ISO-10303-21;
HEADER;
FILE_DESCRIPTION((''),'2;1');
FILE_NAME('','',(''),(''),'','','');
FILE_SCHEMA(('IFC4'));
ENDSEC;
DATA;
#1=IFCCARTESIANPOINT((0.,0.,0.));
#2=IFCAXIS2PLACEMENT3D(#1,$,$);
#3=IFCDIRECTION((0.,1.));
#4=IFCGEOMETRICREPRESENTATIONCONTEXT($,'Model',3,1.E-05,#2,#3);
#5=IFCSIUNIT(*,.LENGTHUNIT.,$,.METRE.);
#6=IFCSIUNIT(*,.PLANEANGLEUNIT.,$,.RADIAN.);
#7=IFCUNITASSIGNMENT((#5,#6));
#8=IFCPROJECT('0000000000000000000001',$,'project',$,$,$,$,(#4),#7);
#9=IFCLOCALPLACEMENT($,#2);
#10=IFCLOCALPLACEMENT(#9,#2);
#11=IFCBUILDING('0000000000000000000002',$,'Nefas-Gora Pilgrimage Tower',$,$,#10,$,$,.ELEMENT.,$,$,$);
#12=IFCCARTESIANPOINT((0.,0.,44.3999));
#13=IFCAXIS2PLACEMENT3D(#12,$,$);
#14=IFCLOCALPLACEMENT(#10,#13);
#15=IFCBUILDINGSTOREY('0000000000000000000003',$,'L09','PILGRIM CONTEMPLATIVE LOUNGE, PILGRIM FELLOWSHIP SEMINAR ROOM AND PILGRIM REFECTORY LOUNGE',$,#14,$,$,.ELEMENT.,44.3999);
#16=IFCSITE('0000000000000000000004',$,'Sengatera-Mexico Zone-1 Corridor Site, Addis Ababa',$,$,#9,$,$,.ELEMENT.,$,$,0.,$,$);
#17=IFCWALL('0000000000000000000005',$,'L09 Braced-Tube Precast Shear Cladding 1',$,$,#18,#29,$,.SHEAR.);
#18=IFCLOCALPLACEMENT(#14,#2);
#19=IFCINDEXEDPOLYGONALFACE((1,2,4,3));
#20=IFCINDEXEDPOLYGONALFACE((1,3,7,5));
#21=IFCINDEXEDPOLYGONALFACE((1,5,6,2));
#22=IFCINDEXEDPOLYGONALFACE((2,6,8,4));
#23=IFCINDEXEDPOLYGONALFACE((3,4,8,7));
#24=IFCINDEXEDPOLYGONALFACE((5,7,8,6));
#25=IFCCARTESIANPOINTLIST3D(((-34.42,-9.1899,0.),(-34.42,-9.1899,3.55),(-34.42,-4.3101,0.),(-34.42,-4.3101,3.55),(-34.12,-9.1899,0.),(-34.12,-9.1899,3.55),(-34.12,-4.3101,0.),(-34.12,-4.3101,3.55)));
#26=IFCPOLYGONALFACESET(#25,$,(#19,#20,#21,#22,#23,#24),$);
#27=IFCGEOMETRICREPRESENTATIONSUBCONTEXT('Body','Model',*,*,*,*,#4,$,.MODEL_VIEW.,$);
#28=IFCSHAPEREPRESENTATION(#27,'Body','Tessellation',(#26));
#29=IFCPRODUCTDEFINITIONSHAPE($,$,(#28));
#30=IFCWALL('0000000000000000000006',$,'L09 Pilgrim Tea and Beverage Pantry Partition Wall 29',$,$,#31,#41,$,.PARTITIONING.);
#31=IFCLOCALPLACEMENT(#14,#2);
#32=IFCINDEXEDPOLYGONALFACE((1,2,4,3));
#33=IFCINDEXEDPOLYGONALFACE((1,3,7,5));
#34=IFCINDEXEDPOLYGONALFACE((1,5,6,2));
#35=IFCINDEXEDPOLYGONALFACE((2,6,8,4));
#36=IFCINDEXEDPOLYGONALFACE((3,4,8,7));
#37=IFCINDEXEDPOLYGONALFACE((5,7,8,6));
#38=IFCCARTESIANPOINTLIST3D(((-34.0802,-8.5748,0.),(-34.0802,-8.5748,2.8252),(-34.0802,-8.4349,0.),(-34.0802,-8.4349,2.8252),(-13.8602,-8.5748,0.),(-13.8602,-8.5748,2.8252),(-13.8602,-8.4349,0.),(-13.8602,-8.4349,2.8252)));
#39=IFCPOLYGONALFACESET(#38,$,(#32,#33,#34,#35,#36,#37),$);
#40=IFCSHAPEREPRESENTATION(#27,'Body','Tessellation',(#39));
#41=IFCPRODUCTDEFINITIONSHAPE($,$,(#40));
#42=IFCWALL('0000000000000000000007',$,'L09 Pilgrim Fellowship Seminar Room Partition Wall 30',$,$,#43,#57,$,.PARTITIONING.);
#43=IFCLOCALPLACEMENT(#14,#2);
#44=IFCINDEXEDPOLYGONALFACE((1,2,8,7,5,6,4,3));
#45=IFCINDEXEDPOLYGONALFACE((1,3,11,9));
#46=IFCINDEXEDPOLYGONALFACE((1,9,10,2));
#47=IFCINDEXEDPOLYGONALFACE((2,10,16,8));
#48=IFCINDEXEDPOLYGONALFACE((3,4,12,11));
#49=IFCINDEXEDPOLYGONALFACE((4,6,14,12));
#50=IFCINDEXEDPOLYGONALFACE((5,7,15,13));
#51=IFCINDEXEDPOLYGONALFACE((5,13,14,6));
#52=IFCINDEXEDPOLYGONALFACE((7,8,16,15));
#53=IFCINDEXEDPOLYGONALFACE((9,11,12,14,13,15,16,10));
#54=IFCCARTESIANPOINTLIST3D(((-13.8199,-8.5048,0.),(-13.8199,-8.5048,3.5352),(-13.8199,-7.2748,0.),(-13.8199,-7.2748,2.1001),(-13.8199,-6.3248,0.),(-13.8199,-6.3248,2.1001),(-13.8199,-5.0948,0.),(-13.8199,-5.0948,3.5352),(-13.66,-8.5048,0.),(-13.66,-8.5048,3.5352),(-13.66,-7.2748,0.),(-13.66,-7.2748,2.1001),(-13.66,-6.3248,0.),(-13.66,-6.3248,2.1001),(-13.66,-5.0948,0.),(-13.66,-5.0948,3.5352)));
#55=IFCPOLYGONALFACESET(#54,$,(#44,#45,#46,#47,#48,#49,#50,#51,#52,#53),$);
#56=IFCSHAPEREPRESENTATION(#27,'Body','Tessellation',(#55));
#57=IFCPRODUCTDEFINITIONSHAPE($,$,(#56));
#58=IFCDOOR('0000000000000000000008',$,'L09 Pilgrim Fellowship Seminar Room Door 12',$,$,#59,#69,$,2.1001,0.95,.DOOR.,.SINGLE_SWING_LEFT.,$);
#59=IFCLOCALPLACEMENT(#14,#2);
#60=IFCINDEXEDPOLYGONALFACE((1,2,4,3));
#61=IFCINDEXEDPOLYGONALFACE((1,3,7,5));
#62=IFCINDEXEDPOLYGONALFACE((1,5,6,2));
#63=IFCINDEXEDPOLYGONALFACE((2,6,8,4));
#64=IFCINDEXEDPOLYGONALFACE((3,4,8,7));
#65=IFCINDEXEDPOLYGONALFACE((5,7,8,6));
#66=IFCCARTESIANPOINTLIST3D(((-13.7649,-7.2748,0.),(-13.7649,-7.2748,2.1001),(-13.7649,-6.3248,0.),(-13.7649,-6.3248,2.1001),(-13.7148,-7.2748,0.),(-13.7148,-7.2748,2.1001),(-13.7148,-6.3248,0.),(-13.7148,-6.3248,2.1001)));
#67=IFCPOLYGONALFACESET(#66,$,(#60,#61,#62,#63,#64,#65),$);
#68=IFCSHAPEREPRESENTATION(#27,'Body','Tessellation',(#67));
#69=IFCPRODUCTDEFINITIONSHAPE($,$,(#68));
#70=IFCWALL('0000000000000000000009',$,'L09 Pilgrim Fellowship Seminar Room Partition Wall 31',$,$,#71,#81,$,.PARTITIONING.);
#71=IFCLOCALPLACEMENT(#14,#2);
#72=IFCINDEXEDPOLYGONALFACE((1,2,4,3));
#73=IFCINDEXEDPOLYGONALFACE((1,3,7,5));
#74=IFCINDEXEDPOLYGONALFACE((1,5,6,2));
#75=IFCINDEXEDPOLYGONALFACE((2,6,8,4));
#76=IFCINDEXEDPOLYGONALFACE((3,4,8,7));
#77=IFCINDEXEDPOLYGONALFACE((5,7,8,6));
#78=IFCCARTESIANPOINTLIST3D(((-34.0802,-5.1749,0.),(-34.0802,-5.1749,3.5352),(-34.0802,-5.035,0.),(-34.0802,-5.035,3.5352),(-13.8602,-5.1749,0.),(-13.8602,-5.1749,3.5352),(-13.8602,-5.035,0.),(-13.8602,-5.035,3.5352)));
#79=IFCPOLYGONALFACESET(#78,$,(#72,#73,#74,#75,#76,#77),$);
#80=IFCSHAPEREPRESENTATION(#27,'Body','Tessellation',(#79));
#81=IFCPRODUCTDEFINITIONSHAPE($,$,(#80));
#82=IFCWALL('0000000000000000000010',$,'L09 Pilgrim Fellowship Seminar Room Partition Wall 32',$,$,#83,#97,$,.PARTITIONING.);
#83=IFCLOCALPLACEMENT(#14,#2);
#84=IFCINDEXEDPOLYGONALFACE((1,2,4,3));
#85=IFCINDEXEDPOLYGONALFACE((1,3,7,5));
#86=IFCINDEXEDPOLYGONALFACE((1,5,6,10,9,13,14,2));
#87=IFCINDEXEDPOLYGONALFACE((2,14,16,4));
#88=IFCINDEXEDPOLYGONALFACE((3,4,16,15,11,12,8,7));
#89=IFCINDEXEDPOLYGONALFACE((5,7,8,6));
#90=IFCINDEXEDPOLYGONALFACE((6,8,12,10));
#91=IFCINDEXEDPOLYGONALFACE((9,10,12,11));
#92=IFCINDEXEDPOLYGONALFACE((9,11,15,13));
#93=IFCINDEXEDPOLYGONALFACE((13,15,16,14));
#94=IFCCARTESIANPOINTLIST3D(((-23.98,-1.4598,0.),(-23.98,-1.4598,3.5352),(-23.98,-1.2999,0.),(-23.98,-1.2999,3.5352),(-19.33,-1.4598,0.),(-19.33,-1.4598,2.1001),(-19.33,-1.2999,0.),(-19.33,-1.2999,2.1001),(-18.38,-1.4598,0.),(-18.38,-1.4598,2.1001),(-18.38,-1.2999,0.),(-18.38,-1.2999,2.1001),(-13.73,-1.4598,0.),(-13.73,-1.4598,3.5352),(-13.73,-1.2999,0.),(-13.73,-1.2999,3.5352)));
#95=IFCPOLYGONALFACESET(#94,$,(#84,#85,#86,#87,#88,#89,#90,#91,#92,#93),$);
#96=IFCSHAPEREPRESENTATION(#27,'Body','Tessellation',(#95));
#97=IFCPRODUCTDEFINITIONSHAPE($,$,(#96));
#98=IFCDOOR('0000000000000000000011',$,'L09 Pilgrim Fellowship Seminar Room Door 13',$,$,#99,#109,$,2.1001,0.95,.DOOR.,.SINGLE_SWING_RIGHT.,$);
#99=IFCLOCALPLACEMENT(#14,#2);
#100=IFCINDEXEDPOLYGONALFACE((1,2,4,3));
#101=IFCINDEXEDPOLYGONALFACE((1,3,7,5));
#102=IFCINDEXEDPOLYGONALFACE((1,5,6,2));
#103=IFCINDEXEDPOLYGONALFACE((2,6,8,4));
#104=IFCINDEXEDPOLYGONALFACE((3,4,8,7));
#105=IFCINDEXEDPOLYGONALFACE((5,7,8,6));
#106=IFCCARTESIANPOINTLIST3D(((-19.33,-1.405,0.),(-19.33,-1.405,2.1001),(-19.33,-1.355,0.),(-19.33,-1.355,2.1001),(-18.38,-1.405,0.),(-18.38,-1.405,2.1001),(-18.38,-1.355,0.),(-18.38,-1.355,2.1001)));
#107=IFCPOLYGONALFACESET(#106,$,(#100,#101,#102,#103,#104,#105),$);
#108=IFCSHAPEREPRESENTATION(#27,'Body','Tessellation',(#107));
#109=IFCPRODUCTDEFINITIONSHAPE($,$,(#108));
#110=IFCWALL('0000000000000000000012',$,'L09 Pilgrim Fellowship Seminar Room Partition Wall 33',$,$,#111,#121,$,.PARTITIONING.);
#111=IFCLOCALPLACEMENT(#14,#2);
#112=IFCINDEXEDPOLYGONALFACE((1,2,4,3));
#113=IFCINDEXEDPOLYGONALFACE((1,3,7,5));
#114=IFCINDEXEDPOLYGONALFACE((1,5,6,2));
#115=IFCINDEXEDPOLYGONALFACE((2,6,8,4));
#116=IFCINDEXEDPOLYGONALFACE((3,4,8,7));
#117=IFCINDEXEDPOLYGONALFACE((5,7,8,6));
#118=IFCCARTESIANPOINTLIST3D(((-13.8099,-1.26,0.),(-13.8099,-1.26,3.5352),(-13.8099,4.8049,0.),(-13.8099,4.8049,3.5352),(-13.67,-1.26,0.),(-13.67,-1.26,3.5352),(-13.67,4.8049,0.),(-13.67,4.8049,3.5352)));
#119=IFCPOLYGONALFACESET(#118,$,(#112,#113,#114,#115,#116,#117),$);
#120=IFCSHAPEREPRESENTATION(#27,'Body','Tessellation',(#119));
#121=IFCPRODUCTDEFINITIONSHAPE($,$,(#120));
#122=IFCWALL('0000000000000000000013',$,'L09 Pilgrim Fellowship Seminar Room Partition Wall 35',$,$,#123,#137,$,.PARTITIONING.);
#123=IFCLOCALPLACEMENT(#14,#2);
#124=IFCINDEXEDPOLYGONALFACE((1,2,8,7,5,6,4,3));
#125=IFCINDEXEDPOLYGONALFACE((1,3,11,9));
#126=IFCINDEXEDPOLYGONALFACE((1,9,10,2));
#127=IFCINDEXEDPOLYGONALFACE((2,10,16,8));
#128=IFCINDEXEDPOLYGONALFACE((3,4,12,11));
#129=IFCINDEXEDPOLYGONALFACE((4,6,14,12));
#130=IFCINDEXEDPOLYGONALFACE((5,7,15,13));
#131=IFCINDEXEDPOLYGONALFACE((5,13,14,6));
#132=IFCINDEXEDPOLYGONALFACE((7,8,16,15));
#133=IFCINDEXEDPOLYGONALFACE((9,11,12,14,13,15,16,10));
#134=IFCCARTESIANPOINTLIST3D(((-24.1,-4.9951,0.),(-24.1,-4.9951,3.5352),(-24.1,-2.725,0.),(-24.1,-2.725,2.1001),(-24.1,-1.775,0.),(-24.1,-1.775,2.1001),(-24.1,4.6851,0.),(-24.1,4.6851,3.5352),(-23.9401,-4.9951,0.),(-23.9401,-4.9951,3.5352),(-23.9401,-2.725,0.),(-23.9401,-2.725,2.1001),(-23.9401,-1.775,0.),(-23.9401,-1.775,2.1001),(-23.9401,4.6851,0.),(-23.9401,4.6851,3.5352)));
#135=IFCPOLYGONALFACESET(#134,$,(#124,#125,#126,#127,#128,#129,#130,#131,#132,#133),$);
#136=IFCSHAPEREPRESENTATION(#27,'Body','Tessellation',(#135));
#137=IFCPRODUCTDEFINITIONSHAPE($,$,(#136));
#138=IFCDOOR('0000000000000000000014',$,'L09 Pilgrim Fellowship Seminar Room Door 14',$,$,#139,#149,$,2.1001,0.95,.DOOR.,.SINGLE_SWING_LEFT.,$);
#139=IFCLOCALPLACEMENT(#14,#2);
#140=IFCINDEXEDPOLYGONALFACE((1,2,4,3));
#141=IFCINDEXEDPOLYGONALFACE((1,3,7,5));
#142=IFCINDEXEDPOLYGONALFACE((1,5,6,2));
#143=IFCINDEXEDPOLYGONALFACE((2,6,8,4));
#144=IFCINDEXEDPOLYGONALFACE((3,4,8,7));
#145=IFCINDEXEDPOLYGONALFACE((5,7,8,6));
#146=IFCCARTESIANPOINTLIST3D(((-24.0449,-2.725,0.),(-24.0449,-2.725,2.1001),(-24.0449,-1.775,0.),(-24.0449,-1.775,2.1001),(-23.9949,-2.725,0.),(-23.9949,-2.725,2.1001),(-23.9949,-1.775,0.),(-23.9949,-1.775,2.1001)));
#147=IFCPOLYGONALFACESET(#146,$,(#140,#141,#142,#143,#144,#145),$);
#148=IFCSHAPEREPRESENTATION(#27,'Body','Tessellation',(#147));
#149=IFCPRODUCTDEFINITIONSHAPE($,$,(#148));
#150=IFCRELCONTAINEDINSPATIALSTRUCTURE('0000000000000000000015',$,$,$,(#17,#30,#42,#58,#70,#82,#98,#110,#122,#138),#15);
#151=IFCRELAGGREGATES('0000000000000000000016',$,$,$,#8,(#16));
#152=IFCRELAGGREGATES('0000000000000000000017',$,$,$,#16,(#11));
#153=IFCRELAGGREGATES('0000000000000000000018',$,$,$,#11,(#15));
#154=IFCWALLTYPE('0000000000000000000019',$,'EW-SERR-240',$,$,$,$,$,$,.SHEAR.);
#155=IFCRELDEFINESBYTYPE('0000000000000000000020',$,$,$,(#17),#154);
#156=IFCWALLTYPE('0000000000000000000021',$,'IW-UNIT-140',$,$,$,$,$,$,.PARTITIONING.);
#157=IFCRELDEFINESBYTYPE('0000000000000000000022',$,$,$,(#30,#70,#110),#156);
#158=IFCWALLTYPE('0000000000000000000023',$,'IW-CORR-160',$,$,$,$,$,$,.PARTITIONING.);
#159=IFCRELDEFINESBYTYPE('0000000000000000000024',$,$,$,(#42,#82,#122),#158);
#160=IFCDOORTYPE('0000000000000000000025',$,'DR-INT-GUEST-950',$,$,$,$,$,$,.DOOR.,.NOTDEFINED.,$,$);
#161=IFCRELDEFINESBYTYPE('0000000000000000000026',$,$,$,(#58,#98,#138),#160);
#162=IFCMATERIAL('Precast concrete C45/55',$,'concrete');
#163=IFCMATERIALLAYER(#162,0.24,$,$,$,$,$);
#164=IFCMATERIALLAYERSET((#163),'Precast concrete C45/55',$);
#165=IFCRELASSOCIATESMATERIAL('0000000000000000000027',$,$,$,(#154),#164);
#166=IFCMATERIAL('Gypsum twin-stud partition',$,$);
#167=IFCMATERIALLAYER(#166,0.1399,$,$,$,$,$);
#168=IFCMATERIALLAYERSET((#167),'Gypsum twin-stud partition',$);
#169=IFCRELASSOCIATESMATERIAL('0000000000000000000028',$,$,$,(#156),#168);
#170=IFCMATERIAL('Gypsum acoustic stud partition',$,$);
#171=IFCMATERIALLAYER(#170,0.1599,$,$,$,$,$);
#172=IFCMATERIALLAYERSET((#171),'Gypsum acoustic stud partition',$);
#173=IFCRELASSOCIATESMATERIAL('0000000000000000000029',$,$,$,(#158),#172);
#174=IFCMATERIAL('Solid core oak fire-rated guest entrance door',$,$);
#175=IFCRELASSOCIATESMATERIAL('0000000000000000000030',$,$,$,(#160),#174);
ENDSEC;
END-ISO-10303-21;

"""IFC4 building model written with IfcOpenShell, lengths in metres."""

from ifc_helpers import new_model, si_unit, direction, frame, frame_2d, origin, place, context, subcontext, project, spatial, rectangle, extrude, source, transform, mapped, material, layer, layer_set, type_object, element, fill, save


model = new_model("IFC4")

# Units and contexts
model_context = context("Model", 3, precision=1e-05, world=origin(), true_north=direction((0.0, 1.0)))
body_context = subcontext(model_context, "Body", "Model", "MODEL_VIEW")
ifc_project = project(units=[si_unit("LENGTHUNIT", "METRE"), si_unit("PLANEANGLEUNIT", "RADIAN")], contexts=[model_context])

# Site, building, storey
site_placement = place(None, origin())
site = spatial("IfcSite", under=ifc_project, at=site_placement, Name="Sengatera-Mexico Zone-1 Corridor Site, Addis Ababa", CompositionType="ELEMENT", RefElevation=0.0)
building_placement = place(site_placement, origin())
building = spatial("IfcBuilding", under=site, at=building_placement, Name="Nefas-Gora Pilgrimage Tower", CompositionType="ELEMENT")
storey_placement = place(building_placement, frame((0.0, 0.0, 44.3999)))
storey = spatial("IfcBuildingStorey", under=building, at=storey_placement, Name="L09", Description="PILGRIM CONTEMPLATIVE LOUNGE, PILGRIM FELLOWSHIP SEMINAR ROOM AND PILGRIM REFECTORY LOUNGE", CompositionType="ELEMENT", Elevation=44.3999)

# Wall
ifc_material_1 = material(Name="Precast concrete C45/55", Category="concrete")
ifc_layer_1 = layer(ifc_material_1, 0.24)
ifc_layer_set_1 = layer_set([ifc_layer_1], Name="Precast concrete C45/55")
wall_type_1 = type_object("IfcWallType", Name="EW-SERR-240", PredefinedType="SHEAR", material=ifc_layer_set_1)
shared_shape_1 = source(origin(), body_context, "Body", "SweptSolid", [
    extrude(rectangle(XDim=4.8799, YDim=0.3, at=frame_2d((2.4399, 0.0))), origin(), (0.0, 0.0, 1.0), 3.55),
])
wall_1_placement = place(storey_placement, frame((-34.27, -9.1899, 0.0), z_axis=(0.0, 0.0, 1.0), x_axis=(0.0, 1.0, 0.0)))
element("IfcWall", 1, at=wall_1_placement, inside=storey, type_object=wall_type_1, Name="L09 Braced-Tube Precast Shear Cladding 1", PredefinedType="SHEAR", context=body_context, shape_type="MappedRepresentation", body=[
    mapped(shared_shape_1, transform((0.0, 0.0, 0.0), x_axis=(1.0, 0.0, 0.0), y_axis=(0.0, 1.0, 0.0), z_axis=(0.0, 0.0, 1.0), scale=1.0)),
])

# Wall
ifc_material_2 = material(Name="Gypsum twin-stud partition")
ifc_layer_2 = layer(ifc_material_2, 0.1399)
ifc_layer_set_2 = layer_set([ifc_layer_2], Name="Gypsum twin-stud partition")
wall_type_2 = type_object("IfcWallType", Name="IW-UNIT-140", PredefinedType="PARTITIONING", material=ifc_layer_set_2)
shared_shape_2 = source(origin(), body_context, "Body", "SweptSolid", [
    extrude(rectangle(XDim=20.22, YDim=0.1399, at=frame_2d((10.1099, 0.0))), origin(), (0.0, 0.0, 1.0), 2.8252),
])
wall_2_placement = place(storey_placement, frame((-34.0801, -8.5049, 0.0), z_axis=(0.0, 0.0, 1.0), x_axis=(1.0, 0.0, 0.0)))
element("IfcWall", 2, at=wall_2_placement, inside=storey, type_object=wall_type_2, Name="L09 Pilgrim Tea and Beverage Pantry Partition Wall 29", PredefinedType="PARTITIONING", context=body_context, shape_type="MappedRepresentation", body=[
    mapped(shared_shape_2, transform((0.0, 0.0, 0.0), x_axis=(1.0, 0.0, 0.0), y_axis=(0.0, 1.0, 0.0), z_axis=(0.0, 0.0, 1.0), scale=1.0)),
])

# Wall, opening, door
ifc_material_3 = material(Name="Gypsum acoustic stud partition")
ifc_layer_3 = layer(ifc_material_3, 0.1599)
ifc_layer_set_3 = layer_set([ifc_layer_3], Name="Gypsum acoustic stud partition")
wall_type_3 = type_object("IfcWallType", Name="IW-CORR-160", PredefinedType="PARTITIONING", material=ifc_layer_set_3)
shared_shape_3 = source(origin(), body_context, "Body", "SweptSolid", [
    extrude(rectangle(XDim=3.4099, YDim=0.1599, at=frame_2d((1.7051, 0.0))), origin(), (0.0, 0.0, 1.0), 3.5352),
])
wall_3_placement = place(storey_placement, frame((-13.74, -8.5049, 0.0), z_axis=(0.0, 0.0, 1.0), x_axis=(0.0, 1.0, 0.0)))
wall_3 = element("IfcWall", 3, at=wall_3_placement, inside=storey, type_object=wall_type_3, Name="L09 Pilgrim Fellowship Seminar Room Partition Wall 30", PredefinedType="PARTITIONING", context=body_context, shape_type="MappedRepresentation", body=[
    mapped(shared_shape_3, transform((0.0, 0.0, 0.0), x_axis=(1.0, 0.0, 0.0), y_axis=(0.0, 1.0, 0.0), z_axis=(0.0, 0.0, 1.0), scale=1.0)),
])
opening_1_placement = place(wall_3_placement, frame((1.23, 0.0, 0.0)))
opening_1 = element("IfcOpeningElement", 4, at=opening_1_placement, cuts=wall_3, PredefinedType="OPENING", context=body_context, shape_type="SweptSolid", body=[
    extrude(rectangle(XDim=0.95, YDim=2.1001, at=frame_2d((0.4751, 1.05))), frame((0.0, 0.0898, 0.0), z_axis=(0.0, -1.0, 0.0), x_axis=(1.0, 0.0, 0.0)), (0.0, 0.0, 1.0), 0.1799),
])
ifc_material_4 = material(Name="Solid core oak fire-rated guest entrance door")
door_type_1 = type_object("IfcDoorType", Name="DR-INT-GUEST-950", OperationType="NOTDEFINED", PredefinedType="DOOR", material=ifc_material_4)
shared_shape_4 = source(origin(), body_context, "Body", "SweptSolid", [
    extrude(rectangle(XDim=0.95, YDim=2.1001, at=frame_2d((0.4751, 1.05))), frame((0.0, 0.0249, 0.0), z_axis=(0.0, -1.0, 0.0), x_axis=(1.0, 0.0, 0.0)), (0.0, 0.0, 1.0), 0.05),
])
door_1_placement = place(opening_1_placement, origin())
door_1 = element("IfcDoor", 5, at=door_1_placement, inside=storey, type_object=door_type_1, Name="L09 Pilgrim Fellowship Seminar Room Door 12", OperationType="SINGLE_SWING_LEFT", OverallHeight=2.1001, OverallWidth=0.95, PredefinedType="DOOR", context=body_context, shape_type="MappedRepresentation", body=[
    mapped(shared_shape_4, transform((0.0, 0.0, 0.0), x_axis=(1.0, 0.0, 0.0), y_axis=(0.0, 1.0, 0.0), z_axis=(0.0, 0.0, 1.0), scale=1.0)),
])
fill(opening_1, door_1)

# Wall
shared_shape_5 = source(origin(), body_context, "Body", "SweptSolid", [
    extrude(rectangle(XDim=20.22, YDim=0.1399, at=frame_2d((10.1099, 0.0))), origin(), (0.0, 0.0, 1.0), 3.5352),
])
wall_4_placement = place(storey_placement, frame((-34.0801, -5.105, 0.0), z_axis=(0.0, 0.0, 1.0), x_axis=(1.0, 0.0, 0.0)))
element("IfcWall", 6, at=wall_4_placement, inside=storey, type_object=wall_type_2, Name="L09 Pilgrim Fellowship Seminar Room Partition Wall 31", PredefinedType="PARTITIONING", context=body_context, shape_type="MappedRepresentation", body=[
    mapped(shared_shape_5, transform((0.0, 0.0, 0.0), x_axis=(1.0, 0.0, 0.0), y_axis=(0.0, 1.0, 0.0), z_axis=(0.0, 0.0, 1.0), scale=1.0)),
])

# Wall, opening, door
shared_shape_6 = source(origin(), body_context, "Body", "SweptSolid", [
    extrude(rectangle(XDim=10.25, YDim=0.1599, at=frame_2d((5.125, 0.0))), origin(), (0.0, 0.0, 1.0), 3.5352),
])
wall_5_placement = place(storey_placement, frame((-23.98, -1.3799, 0.0), z_axis=(0.0, 0.0, 1.0), x_axis=(1.0, 0.0, 0.0)))
wall_5 = element("IfcWall", 7, at=wall_5_placement, inside=storey, type_object=wall_type_3, Name="L09 Pilgrim Fellowship Seminar Room Partition Wall 32", PredefinedType="PARTITIONING", context=body_context, shape_type="MappedRepresentation", body=[
    mapped(shared_shape_6, transform((0.0, 0.0, 0.0), x_axis=(1.0, 0.0, 0.0), y_axis=(0.0, 1.0, 0.0), z_axis=(0.0, 0.0, 1.0), scale=1.0)),
])
opening_2_placement = place(wall_5_placement, frame((4.6499, 0.0, 0.0)))
opening_2 = element("IfcOpeningElement", 8, at=opening_2_placement, cuts=wall_5, PredefinedType="OPENING", context=body_context, shape_type="SweptSolid", body=[
    extrude(rectangle(XDim=0.95, YDim=2.1001, at=frame_2d((0.4751, 1.05))), frame((0.0, 0.0898, 0.0), z_axis=(0.0, -1.0, 0.0), x_axis=(1.0, 0.0, 0.0)), (0.0, 0.0, 1.0), 0.1799),
])
door_2_placement = place(opening_2_placement, origin())
door_2 = element("IfcDoor", 9, at=door_2_placement, inside=storey, type_object=door_type_1, Name="L09 Pilgrim Fellowship Seminar Room Door 13", OperationType="SINGLE_SWING_RIGHT", OverallHeight=2.1001, OverallWidth=0.95, PredefinedType="DOOR", context=body_context, shape_type="MappedRepresentation", body=[
    mapped(shared_shape_4, transform((0.0, 0.0, 0.0), x_axis=(1.0, 0.0, 0.0), y_axis=(0.0, 1.0, 0.0), z_axis=(0.0, 0.0, 1.0), scale=1.0)),
])
fill(opening_2, door_2)

# Wall
shared_shape_7 = source(origin(), body_context, "Body", "SweptSolid", [
    extrude(rectangle(XDim=6.0649, YDim=0.1399, at=frame_2d((3.0325, 0.0))), origin(), (0.0, 0.0, 1.0), 3.5352),
])
wall_6_placement = place(storey_placement, frame((-13.74, -1.26, 0.0), z_axis=(0.0, 0.0, 1.0), x_axis=(0.0, 1.0, 0.0)))
element("IfcWall", 10, at=wall_6_placement, inside=storey, type_object=wall_type_2, Name="L09 Pilgrim Fellowship Seminar Room Partition Wall 33", PredefinedType="PARTITIONING", context=body_context, shape_type="MappedRepresentation", body=[
    mapped(shared_shape_7, transform((0.0, 0.0, 0.0), x_axis=(1.0, 0.0, 0.0), y_axis=(0.0, 1.0, 0.0), z_axis=(0.0, 0.0, 1.0), scale=1.0)),
])

# Wall, opening, door
shared_shape_8 = source(origin(), body_context, "Body", "SweptSolid", [
    extrude(rectangle(XDim=9.6802, YDim=0.1599, at=frame_2d((4.8401, 0.0))), origin(), (0.0, 0.0, 1.0), 3.5352),
])
wall_7_placement = place(storey_placement, frame((-24.02, -4.9951, 0.0), z_axis=(0.0, 0.0, 1.0), x_axis=(0.0, 1.0, 0.0)))
wall_7 = element("IfcWall", 11, at=wall_7_placement, inside=storey, type_object=wall_type_3, Name="L09 Pilgrim Fellowship Seminar Room Partition Wall 35", PredefinedType="PARTITIONING", context=body_context, shape_type="MappedRepresentation", body=[
    mapped(shared_shape_8, transform((0.0, 0.0, 0.0), x_axis=(1.0, 0.0, 0.0), y_axis=(0.0, 1.0, 0.0), z_axis=(0.0, 0.0, 1.0), scale=1.0)),
])
opening_3_placement = place(wall_7_placement, frame((2.27, 0.0, 0.0)))
opening_3 = element("IfcOpeningElement", 12, at=opening_3_placement, cuts=wall_7, PredefinedType="OPENING", context=body_context, shape_type="SweptSolid", body=[
    extrude(rectangle(XDim=0.95, YDim=2.1001, at=frame_2d((0.4751, 1.05))), frame((0.0, 0.0898, 0.0), z_axis=(0.0, -1.0, 0.0), x_axis=(1.0, 0.0, 0.0)), (0.0, 0.0, 1.0), 0.1799),
])
door_3_placement = place(opening_3_placement, origin())
door_3 = element("IfcDoor", 13, at=door_3_placement, inside=storey, type_object=door_type_1, Name="L09 Pilgrim Fellowship Seminar Room Door 14", OperationType="SINGLE_SWING_LEFT", OverallHeight=2.1001, OverallWidth=0.95, PredefinedType="DOOR", context=body_context, shape_type="MappedRepresentation", body=[
    mapped(shared_shape_4, transform((0.0, 0.0, 0.0), x_axis=(1.0, 0.0, 0.0), y_axis=(0.0, 1.0, 0.0), z_axis=(0.0, 0.0, 1.0), scale=1.0)),
])
fill(opening_3, door_3)

save(model, "model.ifc")
